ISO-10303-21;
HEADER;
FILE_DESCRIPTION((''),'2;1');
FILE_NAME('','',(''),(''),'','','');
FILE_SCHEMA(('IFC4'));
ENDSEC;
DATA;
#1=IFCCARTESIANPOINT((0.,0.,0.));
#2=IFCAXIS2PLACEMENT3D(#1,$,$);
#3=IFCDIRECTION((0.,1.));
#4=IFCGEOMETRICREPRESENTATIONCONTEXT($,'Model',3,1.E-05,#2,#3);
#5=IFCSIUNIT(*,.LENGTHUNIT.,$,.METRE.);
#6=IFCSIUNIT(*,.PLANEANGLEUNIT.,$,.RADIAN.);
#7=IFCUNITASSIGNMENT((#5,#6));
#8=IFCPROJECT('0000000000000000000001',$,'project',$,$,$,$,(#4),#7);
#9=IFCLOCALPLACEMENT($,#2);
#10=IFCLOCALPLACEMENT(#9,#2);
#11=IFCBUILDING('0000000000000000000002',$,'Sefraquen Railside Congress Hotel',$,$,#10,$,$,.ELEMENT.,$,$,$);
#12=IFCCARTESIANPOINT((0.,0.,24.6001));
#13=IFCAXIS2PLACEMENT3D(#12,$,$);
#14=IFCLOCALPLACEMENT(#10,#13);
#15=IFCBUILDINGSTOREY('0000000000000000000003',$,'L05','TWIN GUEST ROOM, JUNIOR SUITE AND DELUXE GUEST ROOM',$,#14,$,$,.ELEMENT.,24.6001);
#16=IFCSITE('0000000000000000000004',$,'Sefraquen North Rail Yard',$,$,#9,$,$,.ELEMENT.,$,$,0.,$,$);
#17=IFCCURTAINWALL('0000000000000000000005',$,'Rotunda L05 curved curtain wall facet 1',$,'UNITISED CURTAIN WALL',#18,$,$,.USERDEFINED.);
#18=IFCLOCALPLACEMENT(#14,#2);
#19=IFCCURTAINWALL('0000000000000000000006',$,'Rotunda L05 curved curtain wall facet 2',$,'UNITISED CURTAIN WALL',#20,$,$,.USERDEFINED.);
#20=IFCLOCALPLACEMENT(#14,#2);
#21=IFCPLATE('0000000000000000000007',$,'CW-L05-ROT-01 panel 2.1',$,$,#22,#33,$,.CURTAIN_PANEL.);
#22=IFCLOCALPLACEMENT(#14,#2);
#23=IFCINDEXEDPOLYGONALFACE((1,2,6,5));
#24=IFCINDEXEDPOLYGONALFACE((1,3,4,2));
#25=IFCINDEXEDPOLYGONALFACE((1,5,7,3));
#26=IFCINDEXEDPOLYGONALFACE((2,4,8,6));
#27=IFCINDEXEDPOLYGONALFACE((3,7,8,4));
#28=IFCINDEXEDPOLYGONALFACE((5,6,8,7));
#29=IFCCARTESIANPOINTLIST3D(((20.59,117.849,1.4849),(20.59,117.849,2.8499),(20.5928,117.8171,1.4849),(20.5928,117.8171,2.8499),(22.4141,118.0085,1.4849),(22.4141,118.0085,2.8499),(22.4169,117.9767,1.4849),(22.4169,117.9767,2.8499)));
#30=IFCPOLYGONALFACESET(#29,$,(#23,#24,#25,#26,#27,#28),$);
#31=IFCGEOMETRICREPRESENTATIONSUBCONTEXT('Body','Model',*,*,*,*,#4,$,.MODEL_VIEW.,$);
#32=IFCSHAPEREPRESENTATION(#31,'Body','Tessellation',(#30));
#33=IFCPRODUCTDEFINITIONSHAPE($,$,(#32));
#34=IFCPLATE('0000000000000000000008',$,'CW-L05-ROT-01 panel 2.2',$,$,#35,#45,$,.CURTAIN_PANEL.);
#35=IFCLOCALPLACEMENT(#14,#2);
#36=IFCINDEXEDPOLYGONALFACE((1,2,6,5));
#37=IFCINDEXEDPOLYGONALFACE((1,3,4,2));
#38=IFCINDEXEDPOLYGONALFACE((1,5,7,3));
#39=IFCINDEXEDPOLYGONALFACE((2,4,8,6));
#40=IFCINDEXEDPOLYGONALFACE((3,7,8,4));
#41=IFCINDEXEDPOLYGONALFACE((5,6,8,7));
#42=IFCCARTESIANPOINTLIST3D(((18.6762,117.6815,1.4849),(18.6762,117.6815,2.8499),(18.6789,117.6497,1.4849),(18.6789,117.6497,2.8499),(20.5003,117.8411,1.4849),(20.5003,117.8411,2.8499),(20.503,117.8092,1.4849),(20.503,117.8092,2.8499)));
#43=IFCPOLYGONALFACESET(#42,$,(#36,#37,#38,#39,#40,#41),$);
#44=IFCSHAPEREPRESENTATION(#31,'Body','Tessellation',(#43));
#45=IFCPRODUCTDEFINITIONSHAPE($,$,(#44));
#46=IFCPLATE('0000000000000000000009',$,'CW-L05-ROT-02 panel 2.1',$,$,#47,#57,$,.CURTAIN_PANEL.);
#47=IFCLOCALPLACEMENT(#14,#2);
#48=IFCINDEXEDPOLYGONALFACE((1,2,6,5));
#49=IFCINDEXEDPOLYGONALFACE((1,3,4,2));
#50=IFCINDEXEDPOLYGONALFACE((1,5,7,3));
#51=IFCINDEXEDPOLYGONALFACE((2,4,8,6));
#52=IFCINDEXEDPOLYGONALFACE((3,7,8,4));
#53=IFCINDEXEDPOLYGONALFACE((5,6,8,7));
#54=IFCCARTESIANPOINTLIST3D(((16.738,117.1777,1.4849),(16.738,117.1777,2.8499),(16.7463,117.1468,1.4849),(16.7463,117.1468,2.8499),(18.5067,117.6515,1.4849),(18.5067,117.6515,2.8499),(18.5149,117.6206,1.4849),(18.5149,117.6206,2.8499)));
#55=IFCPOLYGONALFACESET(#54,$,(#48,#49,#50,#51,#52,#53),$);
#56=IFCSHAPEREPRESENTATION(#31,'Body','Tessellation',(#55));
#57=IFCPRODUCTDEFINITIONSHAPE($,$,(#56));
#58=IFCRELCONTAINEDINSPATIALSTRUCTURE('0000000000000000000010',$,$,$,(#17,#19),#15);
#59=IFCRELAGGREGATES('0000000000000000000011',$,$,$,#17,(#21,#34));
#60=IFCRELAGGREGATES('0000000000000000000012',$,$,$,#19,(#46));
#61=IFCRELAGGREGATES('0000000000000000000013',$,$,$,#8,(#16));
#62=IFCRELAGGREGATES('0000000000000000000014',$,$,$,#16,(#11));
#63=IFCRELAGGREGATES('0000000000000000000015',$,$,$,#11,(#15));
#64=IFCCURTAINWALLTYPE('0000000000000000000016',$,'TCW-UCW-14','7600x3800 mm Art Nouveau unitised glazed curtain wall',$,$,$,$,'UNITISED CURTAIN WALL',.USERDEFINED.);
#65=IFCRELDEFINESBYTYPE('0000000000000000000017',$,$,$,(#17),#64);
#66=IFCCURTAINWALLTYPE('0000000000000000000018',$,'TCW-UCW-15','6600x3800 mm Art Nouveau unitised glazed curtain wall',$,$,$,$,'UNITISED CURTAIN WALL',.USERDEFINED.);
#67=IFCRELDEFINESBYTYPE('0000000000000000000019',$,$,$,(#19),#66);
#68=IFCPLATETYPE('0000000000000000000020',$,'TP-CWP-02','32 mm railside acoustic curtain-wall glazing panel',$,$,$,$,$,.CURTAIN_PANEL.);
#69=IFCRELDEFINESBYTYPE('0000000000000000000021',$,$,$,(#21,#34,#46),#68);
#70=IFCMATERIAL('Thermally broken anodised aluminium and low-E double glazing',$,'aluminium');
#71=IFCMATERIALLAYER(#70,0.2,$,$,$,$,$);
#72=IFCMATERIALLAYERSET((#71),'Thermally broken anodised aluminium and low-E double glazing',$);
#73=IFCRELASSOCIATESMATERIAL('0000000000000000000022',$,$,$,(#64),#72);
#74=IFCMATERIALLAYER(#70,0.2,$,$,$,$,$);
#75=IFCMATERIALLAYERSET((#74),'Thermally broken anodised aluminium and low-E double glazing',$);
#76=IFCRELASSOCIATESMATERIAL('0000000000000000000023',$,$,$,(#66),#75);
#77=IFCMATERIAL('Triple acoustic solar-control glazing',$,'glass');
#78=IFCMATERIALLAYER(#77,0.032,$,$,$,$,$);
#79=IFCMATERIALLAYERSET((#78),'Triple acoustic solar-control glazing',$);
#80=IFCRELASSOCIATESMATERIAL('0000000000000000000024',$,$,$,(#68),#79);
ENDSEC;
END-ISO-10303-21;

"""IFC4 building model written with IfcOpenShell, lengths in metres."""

from ifc_helpers import new_model, si_unit, direction, frame, origin, origin_2d, place, context, subcontext, project, spatial, rectangle, extrude, material, layer, layer_set, type_object, element, aggregate, save


model = new_model("IFC4")

# Units and contexts
model_context = context("Model", 3, precision=1e-05, world=origin(), true_north=direction((0.0, 1.0)))
body_context = subcontext(model_context, "Body", "Model", "MODEL_VIEW")
ifc_project = project(units=[si_unit("LENGTHUNIT", "METRE"), si_unit("PLANEANGLEUNIT", "RADIAN")], contexts=[model_context])

# Site, building, storey
site_placement = place(None, origin())
site = spatial("IfcSite", under=ifc_project, at=site_placement, Name="Sefraquen North Rail Yard", CompositionType="ELEMENT", RefElevation=0.0)
building_placement = place(site_placement, origin())
building = spatial("IfcBuilding", under=site, at=building_placement, Name="Sefraquen Railside Congress Hotel", CompositionType="ELEMENT")
storey_placement = place(building_placement, frame((0.0, 0.0, 24.6001)))
storey = spatial("IfcBuildingStorey", under=building, at=storey_placement, Name="L05", Description="TWIN GUEST ROOM, JUNIOR SUITE AND DELUXE GUEST ROOM", CompositionType="ELEMENT", Elevation=24.6001)

# Curtain walls
ifc_material_1 = material(Name="Thermally broken anodised aluminium and low-E double glazing", Category="aluminium")
ifc_layer_1 = layer(ifc_material_1, 0.2)
ifc_layer_set_1 = layer_set([ifc_layer_1], Name="Thermally broken anodised aluminium and low-E double glazing")
curtain_wall_type_1 = type_object("IfcCurtainWallType", Name="TCW-UCW-14", Description="7600x3800 mm Art Nouveau unitised glazed curtain wall", ElementType="UNITISED CURTAIN WALL", PredefinedType="USERDEFINED", material=ifc_layer_set_1)
curtain_wall_1_placement = place(storey_placement, origin())
curtain_wall_1 = element("IfcCurtainWall", 1, at=curtain_wall_1_placement, inside=storey, type_object=curtain_wall_type_1, Name="Rotunda L05 curved curtain wall facet 1", ObjectType="UNITISED CURTAIN WALL", PredefinedType="USERDEFINED")
ifc_layer_2 = layer(ifc_material_1, 0.2)
ifc_layer_set_2 = layer_set([ifc_layer_2], Name="Thermally broken anodised aluminium and low-E double glazing")
curtain_wall_type_2 = type_object("IfcCurtainWallType", Name="TCW-UCW-15", Description="6600x3800 mm Art Nouveau unitised glazed curtain wall", ElementType="UNITISED CURTAIN WALL", PredefinedType="USERDEFINED", material=ifc_layer_set_2)
curtain_wall_2_placement = place(storey_placement, origin())
curtain_wall_2 = element("IfcCurtainWall", 2, at=curtain_wall_2_placement, inside=storey, type_object=curtain_wall_type_2, Name="Rotunda L05 curved curtain wall facet 2", ObjectType="UNITISED CURTAIN WALL", PredefinedType="USERDEFINED")

# Plates
ifc_material_2 = material(Name="Triple acoustic solar-control glazing", Category="glass")
ifc_layer_3 = layer(ifc_material_2, 0.032)
ifc_layer_set_3 = layer_set([ifc_layer_3], Name="Triple acoustic solar-control glazing")
plate_type_1 = type_object("IfcPlateType", Name="TP-CWP-02", Description="32 mm railside acoustic curtain-wall glazing panel", PredefinedType="CURTAIN_PANEL", material=ifc_layer_set_3)
plate_1_placement = place(storey_placement, frame((21.5034, 117.9128, 1.4849), z_axis=(0.0, 0.0, 1.0), x_axis=(-0.996196, -0.087138, 0.0)))
plate_1 = element("IfcPlate", 3, at=plate_1_placement, type_object=plate_type_1, Name="CW-L05-ROT-01 panel 2.1", PredefinedType="CURTAIN_PANEL", context=body_context, shape_type="SweptSolid", body=[
    extrude(rectangle(XDim=1.8311, YDim=0.032, at=origin_2d()), origin(), (0.0, 0.0, 1.0), 1.365),
])
plate_2_placement = place(storey_placement, frame((19.5896, 117.7454, 1.4849), z_axis=(0.0, 0.0, 1.0), x_axis=(-0.996196, -0.087138, 0.0)))
plate_2 = element("IfcPlate", 4, at=plate_2_placement, type_object=plate_type_1, Name="CW-L05-ROT-01 panel 2.2", PredefinedType="CURTAIN_PANEL", context=body_context, shape_type="SweptSolid", body=[
    extrude(rectangle(XDim=1.8311, YDim=0.032, at=origin_2d()), origin(), (0.0, 0.0, 1.0), 1.365),
])
aggregate(curtain_wall_1, [plate_1, plate_2])
plate_3_placement = place(storey_placement, frame((17.6265, 117.3992, 1.4849), z_axis=(0.0, 0.0, 1.0), x_axis=(-0.965935, -0.258785, 0.0)))
plate_3 = element("IfcPlate", 5, at=plate_3_placement, type_object=plate_type_1, Name="CW-L05-ROT-02 panel 2.1", PredefinedType="CURTAIN_PANEL", context=body_context, shape_type="SweptSolid", body=[
    extrude(rectangle(XDim=1.8311, YDim=0.032, at=origin_2d()), origin(), (0.0, 0.0, 1.0), 1.365),
])
aggregate(curtain_wall_2, [plate_3])

save(model, "model.ifc")
